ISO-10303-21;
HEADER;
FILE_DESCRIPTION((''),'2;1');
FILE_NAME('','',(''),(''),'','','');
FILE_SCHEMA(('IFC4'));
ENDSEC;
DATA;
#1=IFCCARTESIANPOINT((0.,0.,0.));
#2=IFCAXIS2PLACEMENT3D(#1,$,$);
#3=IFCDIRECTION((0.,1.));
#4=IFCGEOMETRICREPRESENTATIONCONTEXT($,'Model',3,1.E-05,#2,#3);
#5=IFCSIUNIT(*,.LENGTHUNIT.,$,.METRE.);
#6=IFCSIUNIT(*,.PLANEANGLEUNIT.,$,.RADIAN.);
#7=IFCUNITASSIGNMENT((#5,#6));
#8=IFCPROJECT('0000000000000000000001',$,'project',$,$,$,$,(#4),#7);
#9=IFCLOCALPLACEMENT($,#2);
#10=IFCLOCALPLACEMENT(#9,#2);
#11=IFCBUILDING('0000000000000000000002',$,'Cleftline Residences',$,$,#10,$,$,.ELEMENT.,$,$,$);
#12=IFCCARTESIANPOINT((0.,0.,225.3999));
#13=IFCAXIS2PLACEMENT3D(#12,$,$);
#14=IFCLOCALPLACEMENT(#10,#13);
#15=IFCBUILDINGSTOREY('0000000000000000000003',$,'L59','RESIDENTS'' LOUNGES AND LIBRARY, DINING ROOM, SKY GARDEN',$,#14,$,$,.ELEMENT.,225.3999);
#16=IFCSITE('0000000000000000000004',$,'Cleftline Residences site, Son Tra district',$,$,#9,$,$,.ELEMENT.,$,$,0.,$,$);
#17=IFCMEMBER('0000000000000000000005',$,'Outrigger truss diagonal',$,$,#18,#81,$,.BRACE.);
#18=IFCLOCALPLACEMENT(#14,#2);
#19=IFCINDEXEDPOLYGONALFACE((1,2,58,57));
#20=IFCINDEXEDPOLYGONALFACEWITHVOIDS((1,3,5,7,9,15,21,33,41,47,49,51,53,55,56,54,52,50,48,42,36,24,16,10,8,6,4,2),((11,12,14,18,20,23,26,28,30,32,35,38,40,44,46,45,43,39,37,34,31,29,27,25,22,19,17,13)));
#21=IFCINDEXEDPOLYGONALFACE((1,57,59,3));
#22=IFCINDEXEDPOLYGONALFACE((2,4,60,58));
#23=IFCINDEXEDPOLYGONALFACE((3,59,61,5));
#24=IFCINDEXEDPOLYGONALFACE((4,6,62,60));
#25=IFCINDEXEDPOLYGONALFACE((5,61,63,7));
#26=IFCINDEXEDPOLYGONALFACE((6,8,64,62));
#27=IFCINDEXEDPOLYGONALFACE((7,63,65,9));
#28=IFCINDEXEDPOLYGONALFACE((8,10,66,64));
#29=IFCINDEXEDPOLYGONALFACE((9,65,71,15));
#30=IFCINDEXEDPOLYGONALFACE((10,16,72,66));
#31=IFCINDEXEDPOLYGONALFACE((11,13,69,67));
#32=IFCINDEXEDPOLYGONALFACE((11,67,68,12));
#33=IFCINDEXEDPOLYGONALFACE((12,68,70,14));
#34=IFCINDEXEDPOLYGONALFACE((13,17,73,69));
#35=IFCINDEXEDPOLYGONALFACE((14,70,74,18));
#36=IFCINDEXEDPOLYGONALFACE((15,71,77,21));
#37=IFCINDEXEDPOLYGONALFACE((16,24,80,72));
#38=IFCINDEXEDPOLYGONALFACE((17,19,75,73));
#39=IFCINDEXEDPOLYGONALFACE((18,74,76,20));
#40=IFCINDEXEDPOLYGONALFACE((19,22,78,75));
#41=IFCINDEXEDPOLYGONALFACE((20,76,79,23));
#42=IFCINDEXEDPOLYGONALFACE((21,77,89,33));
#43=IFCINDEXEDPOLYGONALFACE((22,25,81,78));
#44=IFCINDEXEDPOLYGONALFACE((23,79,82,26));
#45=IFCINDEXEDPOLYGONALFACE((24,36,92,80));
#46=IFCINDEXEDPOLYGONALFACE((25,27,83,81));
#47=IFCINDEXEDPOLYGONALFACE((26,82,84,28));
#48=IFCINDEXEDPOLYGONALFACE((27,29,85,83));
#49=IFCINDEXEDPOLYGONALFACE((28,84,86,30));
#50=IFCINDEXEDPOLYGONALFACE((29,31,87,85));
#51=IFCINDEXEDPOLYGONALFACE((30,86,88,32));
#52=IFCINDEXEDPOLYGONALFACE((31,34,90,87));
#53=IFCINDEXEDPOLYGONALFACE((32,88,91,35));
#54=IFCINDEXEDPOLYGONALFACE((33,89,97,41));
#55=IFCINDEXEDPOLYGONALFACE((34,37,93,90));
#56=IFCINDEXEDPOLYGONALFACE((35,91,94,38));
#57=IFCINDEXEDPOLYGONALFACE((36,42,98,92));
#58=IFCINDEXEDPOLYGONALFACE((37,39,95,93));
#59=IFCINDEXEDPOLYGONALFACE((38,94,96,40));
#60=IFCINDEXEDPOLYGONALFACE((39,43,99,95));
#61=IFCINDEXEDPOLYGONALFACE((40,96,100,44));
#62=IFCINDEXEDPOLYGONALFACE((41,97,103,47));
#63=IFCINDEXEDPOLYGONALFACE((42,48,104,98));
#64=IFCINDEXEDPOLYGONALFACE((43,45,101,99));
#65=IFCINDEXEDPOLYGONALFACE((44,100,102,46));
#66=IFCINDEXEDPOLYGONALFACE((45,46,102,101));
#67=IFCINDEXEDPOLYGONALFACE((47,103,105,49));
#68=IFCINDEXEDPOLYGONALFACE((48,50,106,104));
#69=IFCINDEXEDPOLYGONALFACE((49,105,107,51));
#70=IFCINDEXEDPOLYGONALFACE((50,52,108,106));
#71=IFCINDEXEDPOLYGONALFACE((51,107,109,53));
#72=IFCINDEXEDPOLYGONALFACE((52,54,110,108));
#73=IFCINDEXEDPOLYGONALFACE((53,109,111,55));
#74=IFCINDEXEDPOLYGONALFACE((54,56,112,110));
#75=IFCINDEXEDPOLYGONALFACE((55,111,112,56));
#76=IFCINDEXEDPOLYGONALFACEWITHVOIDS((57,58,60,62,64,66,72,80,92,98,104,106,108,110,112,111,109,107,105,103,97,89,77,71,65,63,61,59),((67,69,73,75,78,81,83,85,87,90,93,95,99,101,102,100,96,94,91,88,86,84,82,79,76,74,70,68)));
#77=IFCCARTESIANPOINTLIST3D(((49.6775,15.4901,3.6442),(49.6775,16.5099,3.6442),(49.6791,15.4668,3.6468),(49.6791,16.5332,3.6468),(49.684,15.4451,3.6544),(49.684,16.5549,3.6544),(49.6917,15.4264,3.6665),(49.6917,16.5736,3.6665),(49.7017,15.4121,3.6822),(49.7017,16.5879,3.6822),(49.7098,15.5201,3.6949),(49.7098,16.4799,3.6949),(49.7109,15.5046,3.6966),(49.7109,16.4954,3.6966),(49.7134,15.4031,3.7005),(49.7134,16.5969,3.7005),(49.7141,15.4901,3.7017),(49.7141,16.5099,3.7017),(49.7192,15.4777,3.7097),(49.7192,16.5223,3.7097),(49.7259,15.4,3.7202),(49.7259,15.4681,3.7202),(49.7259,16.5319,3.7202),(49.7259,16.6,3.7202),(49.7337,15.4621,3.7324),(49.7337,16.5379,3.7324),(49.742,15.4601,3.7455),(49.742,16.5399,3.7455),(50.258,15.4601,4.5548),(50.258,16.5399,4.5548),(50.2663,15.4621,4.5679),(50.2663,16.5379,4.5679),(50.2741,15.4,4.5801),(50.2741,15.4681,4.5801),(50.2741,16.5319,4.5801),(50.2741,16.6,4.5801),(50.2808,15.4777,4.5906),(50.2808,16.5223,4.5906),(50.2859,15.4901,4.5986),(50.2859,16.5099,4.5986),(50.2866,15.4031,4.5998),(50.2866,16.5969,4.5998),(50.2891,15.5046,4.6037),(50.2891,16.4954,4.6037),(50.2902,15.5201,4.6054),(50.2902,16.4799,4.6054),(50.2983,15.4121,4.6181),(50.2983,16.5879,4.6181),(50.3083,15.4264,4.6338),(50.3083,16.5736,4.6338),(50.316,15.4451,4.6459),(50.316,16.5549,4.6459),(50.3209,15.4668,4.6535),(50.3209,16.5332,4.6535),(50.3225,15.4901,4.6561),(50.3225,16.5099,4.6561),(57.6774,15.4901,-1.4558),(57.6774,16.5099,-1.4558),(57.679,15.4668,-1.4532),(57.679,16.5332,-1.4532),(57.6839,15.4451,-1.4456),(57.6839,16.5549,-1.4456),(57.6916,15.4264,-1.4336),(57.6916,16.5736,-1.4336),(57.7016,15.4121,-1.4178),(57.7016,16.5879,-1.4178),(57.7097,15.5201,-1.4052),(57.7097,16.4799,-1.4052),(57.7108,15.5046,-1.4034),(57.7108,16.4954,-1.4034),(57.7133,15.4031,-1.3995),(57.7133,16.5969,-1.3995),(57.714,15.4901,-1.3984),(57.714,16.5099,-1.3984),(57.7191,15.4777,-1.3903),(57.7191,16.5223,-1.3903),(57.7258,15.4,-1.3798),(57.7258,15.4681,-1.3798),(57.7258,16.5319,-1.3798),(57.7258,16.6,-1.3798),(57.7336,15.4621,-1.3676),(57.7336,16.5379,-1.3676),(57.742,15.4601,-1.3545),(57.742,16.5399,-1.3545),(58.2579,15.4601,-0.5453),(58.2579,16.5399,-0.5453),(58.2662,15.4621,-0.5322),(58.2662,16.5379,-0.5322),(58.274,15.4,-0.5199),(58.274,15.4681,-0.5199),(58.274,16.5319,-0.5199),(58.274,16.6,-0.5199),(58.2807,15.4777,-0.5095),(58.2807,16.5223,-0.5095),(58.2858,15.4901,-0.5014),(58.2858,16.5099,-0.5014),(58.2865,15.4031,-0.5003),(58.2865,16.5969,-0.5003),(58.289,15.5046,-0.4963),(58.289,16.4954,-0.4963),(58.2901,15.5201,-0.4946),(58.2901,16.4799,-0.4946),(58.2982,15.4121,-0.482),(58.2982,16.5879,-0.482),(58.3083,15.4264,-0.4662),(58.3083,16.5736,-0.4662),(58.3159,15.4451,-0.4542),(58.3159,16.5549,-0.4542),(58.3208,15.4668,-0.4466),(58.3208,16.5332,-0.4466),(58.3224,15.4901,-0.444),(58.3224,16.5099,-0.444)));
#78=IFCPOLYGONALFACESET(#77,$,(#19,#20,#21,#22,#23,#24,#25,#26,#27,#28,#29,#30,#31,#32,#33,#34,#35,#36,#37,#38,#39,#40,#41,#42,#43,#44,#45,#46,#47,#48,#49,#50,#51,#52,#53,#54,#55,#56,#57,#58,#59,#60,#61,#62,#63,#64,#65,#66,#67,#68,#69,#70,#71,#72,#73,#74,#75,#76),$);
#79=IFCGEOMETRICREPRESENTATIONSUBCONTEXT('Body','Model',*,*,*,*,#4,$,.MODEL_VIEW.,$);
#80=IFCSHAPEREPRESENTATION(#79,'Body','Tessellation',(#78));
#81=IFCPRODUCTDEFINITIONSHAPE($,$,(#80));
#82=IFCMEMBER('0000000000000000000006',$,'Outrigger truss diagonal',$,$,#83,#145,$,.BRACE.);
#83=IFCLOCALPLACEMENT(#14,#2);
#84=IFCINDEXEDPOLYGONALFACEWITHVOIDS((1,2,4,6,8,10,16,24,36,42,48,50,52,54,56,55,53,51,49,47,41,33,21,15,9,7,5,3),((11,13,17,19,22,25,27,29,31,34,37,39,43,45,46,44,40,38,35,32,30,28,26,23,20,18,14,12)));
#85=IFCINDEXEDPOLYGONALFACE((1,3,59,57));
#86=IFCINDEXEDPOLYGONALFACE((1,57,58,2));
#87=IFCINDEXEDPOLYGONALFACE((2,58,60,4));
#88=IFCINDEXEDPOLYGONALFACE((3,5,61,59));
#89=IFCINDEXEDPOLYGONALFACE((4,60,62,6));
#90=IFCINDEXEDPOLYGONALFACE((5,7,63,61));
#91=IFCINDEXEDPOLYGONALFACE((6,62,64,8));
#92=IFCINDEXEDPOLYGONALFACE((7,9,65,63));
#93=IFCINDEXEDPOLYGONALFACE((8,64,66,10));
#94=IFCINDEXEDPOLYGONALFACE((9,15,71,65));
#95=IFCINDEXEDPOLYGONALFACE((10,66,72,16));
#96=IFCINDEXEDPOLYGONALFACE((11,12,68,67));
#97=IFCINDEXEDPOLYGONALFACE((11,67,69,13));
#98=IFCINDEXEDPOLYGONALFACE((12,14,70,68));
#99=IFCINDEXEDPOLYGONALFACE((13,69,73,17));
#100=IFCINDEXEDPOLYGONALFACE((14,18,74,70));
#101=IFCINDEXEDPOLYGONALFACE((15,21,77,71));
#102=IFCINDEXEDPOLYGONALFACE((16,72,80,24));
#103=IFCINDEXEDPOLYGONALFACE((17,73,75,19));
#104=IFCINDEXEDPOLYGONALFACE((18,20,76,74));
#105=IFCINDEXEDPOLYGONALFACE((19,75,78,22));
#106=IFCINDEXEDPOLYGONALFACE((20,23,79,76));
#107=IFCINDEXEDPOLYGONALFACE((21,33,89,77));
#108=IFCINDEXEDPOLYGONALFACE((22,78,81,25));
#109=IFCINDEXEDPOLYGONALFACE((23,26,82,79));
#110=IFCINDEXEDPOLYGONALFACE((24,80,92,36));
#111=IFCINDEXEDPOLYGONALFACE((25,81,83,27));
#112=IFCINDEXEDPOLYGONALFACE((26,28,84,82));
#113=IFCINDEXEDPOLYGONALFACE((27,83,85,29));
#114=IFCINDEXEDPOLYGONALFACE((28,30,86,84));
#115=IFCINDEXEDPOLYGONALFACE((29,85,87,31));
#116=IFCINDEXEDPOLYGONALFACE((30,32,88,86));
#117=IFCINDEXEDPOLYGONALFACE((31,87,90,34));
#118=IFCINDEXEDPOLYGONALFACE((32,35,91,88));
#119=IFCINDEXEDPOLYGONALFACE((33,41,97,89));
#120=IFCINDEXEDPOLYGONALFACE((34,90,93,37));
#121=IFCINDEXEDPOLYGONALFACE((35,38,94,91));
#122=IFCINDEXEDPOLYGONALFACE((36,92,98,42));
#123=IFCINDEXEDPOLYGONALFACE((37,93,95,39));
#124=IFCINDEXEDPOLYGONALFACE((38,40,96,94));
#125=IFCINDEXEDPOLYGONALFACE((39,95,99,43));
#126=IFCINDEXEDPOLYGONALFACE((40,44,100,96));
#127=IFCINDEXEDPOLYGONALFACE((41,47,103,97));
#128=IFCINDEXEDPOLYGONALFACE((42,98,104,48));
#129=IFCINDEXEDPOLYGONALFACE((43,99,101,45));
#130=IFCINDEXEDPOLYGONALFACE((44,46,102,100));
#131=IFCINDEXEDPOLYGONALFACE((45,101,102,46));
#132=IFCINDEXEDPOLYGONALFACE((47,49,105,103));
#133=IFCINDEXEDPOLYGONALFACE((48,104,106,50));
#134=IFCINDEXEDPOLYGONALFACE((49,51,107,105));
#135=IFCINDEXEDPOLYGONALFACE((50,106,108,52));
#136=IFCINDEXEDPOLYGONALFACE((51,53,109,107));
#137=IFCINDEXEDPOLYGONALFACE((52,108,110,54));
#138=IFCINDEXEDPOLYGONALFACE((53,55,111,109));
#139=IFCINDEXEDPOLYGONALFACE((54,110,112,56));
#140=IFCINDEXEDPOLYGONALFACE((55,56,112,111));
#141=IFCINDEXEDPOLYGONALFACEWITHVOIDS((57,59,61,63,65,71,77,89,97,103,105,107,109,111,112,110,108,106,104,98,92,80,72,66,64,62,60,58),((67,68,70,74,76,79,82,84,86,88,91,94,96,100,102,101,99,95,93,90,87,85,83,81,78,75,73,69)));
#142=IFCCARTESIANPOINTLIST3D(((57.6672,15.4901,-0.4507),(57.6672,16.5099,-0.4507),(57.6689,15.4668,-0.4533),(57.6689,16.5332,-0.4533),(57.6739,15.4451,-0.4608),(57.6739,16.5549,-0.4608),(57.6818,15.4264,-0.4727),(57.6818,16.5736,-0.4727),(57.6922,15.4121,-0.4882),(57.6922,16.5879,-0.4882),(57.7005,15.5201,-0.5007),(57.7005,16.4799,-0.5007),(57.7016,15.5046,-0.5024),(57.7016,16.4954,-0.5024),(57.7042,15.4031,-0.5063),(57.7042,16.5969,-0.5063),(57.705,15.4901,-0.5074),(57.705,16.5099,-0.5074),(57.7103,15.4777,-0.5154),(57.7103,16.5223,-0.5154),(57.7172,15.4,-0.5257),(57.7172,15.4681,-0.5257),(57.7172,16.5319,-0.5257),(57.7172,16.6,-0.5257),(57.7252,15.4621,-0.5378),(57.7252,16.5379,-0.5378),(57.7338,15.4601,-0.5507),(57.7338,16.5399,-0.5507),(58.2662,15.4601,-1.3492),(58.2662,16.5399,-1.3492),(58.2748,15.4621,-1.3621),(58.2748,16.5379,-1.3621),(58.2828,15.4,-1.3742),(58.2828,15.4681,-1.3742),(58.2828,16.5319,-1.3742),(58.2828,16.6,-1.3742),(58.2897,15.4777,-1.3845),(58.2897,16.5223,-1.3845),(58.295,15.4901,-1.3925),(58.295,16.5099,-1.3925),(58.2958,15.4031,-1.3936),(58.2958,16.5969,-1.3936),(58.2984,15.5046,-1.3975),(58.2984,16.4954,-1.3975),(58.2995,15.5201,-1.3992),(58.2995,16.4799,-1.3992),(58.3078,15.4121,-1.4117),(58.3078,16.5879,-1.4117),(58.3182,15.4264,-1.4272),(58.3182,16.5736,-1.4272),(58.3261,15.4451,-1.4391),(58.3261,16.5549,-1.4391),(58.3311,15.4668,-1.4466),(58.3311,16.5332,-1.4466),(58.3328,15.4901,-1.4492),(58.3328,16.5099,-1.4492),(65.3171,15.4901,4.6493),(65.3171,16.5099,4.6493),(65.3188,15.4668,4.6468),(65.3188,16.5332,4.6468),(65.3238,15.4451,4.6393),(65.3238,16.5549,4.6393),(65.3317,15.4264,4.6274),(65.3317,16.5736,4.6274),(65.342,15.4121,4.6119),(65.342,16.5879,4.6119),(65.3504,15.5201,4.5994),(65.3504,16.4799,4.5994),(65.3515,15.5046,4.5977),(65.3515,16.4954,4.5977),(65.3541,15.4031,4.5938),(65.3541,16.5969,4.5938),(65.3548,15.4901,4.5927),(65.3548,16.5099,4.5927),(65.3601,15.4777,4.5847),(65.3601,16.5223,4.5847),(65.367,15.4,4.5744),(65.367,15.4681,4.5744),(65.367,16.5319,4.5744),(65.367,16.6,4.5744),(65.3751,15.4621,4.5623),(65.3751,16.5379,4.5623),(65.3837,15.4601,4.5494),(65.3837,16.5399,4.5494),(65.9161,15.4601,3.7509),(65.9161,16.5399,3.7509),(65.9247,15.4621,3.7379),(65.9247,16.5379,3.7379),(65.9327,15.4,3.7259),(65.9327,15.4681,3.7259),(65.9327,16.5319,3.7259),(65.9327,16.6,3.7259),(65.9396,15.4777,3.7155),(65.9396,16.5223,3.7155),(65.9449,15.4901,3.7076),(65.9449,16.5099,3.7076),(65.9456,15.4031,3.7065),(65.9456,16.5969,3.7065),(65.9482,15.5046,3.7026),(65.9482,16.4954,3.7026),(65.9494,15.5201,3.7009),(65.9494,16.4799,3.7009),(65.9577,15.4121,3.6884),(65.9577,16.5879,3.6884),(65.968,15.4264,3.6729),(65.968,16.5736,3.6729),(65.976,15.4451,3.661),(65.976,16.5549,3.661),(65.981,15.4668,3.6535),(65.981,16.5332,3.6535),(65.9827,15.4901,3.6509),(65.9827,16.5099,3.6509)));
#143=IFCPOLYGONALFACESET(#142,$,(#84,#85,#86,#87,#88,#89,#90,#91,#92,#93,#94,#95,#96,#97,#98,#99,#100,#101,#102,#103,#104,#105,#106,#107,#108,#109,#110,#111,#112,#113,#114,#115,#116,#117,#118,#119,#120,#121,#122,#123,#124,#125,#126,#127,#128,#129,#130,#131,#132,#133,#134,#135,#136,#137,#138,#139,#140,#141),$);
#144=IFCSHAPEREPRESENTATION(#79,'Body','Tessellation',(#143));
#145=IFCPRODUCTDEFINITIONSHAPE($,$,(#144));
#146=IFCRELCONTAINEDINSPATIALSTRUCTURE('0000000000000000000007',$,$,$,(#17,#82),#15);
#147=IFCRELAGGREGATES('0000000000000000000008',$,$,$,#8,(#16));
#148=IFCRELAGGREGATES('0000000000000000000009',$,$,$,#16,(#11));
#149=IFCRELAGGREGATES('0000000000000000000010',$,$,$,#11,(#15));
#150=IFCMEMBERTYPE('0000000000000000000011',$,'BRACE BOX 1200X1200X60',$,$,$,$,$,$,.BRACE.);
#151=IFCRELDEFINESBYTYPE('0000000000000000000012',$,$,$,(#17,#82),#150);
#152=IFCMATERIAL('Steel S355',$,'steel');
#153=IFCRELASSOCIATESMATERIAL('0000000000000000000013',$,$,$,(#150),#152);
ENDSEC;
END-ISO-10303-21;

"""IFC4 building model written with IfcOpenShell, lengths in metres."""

from ifc_helpers import new_model, si_unit, direction, frame, origin, origin_2d, place, context, subcontext, project, spatial, hollow_rectangle, extrude, material, material_profile, profile_set, type_object, element, save


model = new_model("IFC4")

# Units and contexts
model_context = context("Model", 3, precision=1e-05, world=origin(), true_north=direction((0.0, 1.0)))
body_context = subcontext(model_context, "Body", "Model", "MODEL_VIEW")
ifc_project = project(units=[si_unit("LENGTHUNIT", "METRE"), si_unit("PLANEANGLEUNIT", "RADIAN")], contexts=[model_context])

# Site, building, storey
site_placement = place(None, origin())
site = spatial("IfcSite", under=ifc_project, at=site_placement, Name="Cleftline Residences site, Son Tra district", CompositionType="ELEMENT", RefElevation=0.0)
building_placement = place(site_placement, origin())
building = spatial("IfcBuilding", under=site, at=building_placement, Name="Cleftline Residences", CompositionType="ELEMENT")
storey_placement = place(building_placement, frame((0.0, 0.0, 225.3999)))
storey = spatial("IfcBuildingStorey", under=building, at=storey_placement, Name="L59", Description="RESIDENTS' LOUNGES AND LIBRARY, DINING ROOM, SKY GARDEN", CompositionType="ELEMENT", Elevation=225.3999)

# Members
ifc_material_1 = material(Name="Steel S355", Category="steel")
ifc_material_profile_1 = material_profile(ifc_material_1, hollow_rectangle(XDim=1.2, YDim=1.2, WallThickness=0.0601, InnerFilletRadius=0.0601, OuterFilletRadius=0.0901, at=origin_2d()))
ifc_profile_set_1 = profile_set([ifc_material_profile_1], Name="Steel S355")
member_type_1 = type_object("IfcMemberType", Name="BRACE BOX 1200X1200X60", PredefinedType="BRACE", material=ifc_profile_set_1)
member_1_placement = place(storey_placement, frame((50.0, 16.0, 4.1501), z_axis=(0.843223, 0.0, -0.537565), x_axis=(0.537565, 0.0, 0.843223)))
element("IfcMember", 1, at=member_1_placement, inside=storey, type_object=member_type_1, Name="Outrigger truss diagonal", PredefinedType="BRACE", context=body_context, shape_type="SweptSolid", body=[
    extrude(hollow_rectangle(XDim=1.2, YDim=1.2, WallThickness=0.0601, InnerFilletRadius=0.0601, OuterFilletRadius=0.0901, at=origin_2d()), origin(), (0.0, 0.0, 1.0), 9.4873),
])
member_2_placement = place(storey_placement, frame((58.0, 16.0, -0.95), z_axis=(0.832042, 0.0, 0.554712), x_axis=(-0.554712, 0.0, 0.832042)))
element("IfcMember", 2, at=member_2_placement, inside=storey, type_object=member_type_1, Name="Outrigger truss diagonal", PredefinedType="BRACE", context=body_context, shape_type="SweptSolid", body=[
    extrude(hollow_rectangle(XDim=1.2, YDim=1.2, WallThickness=0.0601, InnerFilletRadius=0.0601, OuterFilletRadius=0.0901, at=origin_2d()), origin(), (0.0, 0.0, 1.0), 9.1941),
])

save(model, "model.ifc")
